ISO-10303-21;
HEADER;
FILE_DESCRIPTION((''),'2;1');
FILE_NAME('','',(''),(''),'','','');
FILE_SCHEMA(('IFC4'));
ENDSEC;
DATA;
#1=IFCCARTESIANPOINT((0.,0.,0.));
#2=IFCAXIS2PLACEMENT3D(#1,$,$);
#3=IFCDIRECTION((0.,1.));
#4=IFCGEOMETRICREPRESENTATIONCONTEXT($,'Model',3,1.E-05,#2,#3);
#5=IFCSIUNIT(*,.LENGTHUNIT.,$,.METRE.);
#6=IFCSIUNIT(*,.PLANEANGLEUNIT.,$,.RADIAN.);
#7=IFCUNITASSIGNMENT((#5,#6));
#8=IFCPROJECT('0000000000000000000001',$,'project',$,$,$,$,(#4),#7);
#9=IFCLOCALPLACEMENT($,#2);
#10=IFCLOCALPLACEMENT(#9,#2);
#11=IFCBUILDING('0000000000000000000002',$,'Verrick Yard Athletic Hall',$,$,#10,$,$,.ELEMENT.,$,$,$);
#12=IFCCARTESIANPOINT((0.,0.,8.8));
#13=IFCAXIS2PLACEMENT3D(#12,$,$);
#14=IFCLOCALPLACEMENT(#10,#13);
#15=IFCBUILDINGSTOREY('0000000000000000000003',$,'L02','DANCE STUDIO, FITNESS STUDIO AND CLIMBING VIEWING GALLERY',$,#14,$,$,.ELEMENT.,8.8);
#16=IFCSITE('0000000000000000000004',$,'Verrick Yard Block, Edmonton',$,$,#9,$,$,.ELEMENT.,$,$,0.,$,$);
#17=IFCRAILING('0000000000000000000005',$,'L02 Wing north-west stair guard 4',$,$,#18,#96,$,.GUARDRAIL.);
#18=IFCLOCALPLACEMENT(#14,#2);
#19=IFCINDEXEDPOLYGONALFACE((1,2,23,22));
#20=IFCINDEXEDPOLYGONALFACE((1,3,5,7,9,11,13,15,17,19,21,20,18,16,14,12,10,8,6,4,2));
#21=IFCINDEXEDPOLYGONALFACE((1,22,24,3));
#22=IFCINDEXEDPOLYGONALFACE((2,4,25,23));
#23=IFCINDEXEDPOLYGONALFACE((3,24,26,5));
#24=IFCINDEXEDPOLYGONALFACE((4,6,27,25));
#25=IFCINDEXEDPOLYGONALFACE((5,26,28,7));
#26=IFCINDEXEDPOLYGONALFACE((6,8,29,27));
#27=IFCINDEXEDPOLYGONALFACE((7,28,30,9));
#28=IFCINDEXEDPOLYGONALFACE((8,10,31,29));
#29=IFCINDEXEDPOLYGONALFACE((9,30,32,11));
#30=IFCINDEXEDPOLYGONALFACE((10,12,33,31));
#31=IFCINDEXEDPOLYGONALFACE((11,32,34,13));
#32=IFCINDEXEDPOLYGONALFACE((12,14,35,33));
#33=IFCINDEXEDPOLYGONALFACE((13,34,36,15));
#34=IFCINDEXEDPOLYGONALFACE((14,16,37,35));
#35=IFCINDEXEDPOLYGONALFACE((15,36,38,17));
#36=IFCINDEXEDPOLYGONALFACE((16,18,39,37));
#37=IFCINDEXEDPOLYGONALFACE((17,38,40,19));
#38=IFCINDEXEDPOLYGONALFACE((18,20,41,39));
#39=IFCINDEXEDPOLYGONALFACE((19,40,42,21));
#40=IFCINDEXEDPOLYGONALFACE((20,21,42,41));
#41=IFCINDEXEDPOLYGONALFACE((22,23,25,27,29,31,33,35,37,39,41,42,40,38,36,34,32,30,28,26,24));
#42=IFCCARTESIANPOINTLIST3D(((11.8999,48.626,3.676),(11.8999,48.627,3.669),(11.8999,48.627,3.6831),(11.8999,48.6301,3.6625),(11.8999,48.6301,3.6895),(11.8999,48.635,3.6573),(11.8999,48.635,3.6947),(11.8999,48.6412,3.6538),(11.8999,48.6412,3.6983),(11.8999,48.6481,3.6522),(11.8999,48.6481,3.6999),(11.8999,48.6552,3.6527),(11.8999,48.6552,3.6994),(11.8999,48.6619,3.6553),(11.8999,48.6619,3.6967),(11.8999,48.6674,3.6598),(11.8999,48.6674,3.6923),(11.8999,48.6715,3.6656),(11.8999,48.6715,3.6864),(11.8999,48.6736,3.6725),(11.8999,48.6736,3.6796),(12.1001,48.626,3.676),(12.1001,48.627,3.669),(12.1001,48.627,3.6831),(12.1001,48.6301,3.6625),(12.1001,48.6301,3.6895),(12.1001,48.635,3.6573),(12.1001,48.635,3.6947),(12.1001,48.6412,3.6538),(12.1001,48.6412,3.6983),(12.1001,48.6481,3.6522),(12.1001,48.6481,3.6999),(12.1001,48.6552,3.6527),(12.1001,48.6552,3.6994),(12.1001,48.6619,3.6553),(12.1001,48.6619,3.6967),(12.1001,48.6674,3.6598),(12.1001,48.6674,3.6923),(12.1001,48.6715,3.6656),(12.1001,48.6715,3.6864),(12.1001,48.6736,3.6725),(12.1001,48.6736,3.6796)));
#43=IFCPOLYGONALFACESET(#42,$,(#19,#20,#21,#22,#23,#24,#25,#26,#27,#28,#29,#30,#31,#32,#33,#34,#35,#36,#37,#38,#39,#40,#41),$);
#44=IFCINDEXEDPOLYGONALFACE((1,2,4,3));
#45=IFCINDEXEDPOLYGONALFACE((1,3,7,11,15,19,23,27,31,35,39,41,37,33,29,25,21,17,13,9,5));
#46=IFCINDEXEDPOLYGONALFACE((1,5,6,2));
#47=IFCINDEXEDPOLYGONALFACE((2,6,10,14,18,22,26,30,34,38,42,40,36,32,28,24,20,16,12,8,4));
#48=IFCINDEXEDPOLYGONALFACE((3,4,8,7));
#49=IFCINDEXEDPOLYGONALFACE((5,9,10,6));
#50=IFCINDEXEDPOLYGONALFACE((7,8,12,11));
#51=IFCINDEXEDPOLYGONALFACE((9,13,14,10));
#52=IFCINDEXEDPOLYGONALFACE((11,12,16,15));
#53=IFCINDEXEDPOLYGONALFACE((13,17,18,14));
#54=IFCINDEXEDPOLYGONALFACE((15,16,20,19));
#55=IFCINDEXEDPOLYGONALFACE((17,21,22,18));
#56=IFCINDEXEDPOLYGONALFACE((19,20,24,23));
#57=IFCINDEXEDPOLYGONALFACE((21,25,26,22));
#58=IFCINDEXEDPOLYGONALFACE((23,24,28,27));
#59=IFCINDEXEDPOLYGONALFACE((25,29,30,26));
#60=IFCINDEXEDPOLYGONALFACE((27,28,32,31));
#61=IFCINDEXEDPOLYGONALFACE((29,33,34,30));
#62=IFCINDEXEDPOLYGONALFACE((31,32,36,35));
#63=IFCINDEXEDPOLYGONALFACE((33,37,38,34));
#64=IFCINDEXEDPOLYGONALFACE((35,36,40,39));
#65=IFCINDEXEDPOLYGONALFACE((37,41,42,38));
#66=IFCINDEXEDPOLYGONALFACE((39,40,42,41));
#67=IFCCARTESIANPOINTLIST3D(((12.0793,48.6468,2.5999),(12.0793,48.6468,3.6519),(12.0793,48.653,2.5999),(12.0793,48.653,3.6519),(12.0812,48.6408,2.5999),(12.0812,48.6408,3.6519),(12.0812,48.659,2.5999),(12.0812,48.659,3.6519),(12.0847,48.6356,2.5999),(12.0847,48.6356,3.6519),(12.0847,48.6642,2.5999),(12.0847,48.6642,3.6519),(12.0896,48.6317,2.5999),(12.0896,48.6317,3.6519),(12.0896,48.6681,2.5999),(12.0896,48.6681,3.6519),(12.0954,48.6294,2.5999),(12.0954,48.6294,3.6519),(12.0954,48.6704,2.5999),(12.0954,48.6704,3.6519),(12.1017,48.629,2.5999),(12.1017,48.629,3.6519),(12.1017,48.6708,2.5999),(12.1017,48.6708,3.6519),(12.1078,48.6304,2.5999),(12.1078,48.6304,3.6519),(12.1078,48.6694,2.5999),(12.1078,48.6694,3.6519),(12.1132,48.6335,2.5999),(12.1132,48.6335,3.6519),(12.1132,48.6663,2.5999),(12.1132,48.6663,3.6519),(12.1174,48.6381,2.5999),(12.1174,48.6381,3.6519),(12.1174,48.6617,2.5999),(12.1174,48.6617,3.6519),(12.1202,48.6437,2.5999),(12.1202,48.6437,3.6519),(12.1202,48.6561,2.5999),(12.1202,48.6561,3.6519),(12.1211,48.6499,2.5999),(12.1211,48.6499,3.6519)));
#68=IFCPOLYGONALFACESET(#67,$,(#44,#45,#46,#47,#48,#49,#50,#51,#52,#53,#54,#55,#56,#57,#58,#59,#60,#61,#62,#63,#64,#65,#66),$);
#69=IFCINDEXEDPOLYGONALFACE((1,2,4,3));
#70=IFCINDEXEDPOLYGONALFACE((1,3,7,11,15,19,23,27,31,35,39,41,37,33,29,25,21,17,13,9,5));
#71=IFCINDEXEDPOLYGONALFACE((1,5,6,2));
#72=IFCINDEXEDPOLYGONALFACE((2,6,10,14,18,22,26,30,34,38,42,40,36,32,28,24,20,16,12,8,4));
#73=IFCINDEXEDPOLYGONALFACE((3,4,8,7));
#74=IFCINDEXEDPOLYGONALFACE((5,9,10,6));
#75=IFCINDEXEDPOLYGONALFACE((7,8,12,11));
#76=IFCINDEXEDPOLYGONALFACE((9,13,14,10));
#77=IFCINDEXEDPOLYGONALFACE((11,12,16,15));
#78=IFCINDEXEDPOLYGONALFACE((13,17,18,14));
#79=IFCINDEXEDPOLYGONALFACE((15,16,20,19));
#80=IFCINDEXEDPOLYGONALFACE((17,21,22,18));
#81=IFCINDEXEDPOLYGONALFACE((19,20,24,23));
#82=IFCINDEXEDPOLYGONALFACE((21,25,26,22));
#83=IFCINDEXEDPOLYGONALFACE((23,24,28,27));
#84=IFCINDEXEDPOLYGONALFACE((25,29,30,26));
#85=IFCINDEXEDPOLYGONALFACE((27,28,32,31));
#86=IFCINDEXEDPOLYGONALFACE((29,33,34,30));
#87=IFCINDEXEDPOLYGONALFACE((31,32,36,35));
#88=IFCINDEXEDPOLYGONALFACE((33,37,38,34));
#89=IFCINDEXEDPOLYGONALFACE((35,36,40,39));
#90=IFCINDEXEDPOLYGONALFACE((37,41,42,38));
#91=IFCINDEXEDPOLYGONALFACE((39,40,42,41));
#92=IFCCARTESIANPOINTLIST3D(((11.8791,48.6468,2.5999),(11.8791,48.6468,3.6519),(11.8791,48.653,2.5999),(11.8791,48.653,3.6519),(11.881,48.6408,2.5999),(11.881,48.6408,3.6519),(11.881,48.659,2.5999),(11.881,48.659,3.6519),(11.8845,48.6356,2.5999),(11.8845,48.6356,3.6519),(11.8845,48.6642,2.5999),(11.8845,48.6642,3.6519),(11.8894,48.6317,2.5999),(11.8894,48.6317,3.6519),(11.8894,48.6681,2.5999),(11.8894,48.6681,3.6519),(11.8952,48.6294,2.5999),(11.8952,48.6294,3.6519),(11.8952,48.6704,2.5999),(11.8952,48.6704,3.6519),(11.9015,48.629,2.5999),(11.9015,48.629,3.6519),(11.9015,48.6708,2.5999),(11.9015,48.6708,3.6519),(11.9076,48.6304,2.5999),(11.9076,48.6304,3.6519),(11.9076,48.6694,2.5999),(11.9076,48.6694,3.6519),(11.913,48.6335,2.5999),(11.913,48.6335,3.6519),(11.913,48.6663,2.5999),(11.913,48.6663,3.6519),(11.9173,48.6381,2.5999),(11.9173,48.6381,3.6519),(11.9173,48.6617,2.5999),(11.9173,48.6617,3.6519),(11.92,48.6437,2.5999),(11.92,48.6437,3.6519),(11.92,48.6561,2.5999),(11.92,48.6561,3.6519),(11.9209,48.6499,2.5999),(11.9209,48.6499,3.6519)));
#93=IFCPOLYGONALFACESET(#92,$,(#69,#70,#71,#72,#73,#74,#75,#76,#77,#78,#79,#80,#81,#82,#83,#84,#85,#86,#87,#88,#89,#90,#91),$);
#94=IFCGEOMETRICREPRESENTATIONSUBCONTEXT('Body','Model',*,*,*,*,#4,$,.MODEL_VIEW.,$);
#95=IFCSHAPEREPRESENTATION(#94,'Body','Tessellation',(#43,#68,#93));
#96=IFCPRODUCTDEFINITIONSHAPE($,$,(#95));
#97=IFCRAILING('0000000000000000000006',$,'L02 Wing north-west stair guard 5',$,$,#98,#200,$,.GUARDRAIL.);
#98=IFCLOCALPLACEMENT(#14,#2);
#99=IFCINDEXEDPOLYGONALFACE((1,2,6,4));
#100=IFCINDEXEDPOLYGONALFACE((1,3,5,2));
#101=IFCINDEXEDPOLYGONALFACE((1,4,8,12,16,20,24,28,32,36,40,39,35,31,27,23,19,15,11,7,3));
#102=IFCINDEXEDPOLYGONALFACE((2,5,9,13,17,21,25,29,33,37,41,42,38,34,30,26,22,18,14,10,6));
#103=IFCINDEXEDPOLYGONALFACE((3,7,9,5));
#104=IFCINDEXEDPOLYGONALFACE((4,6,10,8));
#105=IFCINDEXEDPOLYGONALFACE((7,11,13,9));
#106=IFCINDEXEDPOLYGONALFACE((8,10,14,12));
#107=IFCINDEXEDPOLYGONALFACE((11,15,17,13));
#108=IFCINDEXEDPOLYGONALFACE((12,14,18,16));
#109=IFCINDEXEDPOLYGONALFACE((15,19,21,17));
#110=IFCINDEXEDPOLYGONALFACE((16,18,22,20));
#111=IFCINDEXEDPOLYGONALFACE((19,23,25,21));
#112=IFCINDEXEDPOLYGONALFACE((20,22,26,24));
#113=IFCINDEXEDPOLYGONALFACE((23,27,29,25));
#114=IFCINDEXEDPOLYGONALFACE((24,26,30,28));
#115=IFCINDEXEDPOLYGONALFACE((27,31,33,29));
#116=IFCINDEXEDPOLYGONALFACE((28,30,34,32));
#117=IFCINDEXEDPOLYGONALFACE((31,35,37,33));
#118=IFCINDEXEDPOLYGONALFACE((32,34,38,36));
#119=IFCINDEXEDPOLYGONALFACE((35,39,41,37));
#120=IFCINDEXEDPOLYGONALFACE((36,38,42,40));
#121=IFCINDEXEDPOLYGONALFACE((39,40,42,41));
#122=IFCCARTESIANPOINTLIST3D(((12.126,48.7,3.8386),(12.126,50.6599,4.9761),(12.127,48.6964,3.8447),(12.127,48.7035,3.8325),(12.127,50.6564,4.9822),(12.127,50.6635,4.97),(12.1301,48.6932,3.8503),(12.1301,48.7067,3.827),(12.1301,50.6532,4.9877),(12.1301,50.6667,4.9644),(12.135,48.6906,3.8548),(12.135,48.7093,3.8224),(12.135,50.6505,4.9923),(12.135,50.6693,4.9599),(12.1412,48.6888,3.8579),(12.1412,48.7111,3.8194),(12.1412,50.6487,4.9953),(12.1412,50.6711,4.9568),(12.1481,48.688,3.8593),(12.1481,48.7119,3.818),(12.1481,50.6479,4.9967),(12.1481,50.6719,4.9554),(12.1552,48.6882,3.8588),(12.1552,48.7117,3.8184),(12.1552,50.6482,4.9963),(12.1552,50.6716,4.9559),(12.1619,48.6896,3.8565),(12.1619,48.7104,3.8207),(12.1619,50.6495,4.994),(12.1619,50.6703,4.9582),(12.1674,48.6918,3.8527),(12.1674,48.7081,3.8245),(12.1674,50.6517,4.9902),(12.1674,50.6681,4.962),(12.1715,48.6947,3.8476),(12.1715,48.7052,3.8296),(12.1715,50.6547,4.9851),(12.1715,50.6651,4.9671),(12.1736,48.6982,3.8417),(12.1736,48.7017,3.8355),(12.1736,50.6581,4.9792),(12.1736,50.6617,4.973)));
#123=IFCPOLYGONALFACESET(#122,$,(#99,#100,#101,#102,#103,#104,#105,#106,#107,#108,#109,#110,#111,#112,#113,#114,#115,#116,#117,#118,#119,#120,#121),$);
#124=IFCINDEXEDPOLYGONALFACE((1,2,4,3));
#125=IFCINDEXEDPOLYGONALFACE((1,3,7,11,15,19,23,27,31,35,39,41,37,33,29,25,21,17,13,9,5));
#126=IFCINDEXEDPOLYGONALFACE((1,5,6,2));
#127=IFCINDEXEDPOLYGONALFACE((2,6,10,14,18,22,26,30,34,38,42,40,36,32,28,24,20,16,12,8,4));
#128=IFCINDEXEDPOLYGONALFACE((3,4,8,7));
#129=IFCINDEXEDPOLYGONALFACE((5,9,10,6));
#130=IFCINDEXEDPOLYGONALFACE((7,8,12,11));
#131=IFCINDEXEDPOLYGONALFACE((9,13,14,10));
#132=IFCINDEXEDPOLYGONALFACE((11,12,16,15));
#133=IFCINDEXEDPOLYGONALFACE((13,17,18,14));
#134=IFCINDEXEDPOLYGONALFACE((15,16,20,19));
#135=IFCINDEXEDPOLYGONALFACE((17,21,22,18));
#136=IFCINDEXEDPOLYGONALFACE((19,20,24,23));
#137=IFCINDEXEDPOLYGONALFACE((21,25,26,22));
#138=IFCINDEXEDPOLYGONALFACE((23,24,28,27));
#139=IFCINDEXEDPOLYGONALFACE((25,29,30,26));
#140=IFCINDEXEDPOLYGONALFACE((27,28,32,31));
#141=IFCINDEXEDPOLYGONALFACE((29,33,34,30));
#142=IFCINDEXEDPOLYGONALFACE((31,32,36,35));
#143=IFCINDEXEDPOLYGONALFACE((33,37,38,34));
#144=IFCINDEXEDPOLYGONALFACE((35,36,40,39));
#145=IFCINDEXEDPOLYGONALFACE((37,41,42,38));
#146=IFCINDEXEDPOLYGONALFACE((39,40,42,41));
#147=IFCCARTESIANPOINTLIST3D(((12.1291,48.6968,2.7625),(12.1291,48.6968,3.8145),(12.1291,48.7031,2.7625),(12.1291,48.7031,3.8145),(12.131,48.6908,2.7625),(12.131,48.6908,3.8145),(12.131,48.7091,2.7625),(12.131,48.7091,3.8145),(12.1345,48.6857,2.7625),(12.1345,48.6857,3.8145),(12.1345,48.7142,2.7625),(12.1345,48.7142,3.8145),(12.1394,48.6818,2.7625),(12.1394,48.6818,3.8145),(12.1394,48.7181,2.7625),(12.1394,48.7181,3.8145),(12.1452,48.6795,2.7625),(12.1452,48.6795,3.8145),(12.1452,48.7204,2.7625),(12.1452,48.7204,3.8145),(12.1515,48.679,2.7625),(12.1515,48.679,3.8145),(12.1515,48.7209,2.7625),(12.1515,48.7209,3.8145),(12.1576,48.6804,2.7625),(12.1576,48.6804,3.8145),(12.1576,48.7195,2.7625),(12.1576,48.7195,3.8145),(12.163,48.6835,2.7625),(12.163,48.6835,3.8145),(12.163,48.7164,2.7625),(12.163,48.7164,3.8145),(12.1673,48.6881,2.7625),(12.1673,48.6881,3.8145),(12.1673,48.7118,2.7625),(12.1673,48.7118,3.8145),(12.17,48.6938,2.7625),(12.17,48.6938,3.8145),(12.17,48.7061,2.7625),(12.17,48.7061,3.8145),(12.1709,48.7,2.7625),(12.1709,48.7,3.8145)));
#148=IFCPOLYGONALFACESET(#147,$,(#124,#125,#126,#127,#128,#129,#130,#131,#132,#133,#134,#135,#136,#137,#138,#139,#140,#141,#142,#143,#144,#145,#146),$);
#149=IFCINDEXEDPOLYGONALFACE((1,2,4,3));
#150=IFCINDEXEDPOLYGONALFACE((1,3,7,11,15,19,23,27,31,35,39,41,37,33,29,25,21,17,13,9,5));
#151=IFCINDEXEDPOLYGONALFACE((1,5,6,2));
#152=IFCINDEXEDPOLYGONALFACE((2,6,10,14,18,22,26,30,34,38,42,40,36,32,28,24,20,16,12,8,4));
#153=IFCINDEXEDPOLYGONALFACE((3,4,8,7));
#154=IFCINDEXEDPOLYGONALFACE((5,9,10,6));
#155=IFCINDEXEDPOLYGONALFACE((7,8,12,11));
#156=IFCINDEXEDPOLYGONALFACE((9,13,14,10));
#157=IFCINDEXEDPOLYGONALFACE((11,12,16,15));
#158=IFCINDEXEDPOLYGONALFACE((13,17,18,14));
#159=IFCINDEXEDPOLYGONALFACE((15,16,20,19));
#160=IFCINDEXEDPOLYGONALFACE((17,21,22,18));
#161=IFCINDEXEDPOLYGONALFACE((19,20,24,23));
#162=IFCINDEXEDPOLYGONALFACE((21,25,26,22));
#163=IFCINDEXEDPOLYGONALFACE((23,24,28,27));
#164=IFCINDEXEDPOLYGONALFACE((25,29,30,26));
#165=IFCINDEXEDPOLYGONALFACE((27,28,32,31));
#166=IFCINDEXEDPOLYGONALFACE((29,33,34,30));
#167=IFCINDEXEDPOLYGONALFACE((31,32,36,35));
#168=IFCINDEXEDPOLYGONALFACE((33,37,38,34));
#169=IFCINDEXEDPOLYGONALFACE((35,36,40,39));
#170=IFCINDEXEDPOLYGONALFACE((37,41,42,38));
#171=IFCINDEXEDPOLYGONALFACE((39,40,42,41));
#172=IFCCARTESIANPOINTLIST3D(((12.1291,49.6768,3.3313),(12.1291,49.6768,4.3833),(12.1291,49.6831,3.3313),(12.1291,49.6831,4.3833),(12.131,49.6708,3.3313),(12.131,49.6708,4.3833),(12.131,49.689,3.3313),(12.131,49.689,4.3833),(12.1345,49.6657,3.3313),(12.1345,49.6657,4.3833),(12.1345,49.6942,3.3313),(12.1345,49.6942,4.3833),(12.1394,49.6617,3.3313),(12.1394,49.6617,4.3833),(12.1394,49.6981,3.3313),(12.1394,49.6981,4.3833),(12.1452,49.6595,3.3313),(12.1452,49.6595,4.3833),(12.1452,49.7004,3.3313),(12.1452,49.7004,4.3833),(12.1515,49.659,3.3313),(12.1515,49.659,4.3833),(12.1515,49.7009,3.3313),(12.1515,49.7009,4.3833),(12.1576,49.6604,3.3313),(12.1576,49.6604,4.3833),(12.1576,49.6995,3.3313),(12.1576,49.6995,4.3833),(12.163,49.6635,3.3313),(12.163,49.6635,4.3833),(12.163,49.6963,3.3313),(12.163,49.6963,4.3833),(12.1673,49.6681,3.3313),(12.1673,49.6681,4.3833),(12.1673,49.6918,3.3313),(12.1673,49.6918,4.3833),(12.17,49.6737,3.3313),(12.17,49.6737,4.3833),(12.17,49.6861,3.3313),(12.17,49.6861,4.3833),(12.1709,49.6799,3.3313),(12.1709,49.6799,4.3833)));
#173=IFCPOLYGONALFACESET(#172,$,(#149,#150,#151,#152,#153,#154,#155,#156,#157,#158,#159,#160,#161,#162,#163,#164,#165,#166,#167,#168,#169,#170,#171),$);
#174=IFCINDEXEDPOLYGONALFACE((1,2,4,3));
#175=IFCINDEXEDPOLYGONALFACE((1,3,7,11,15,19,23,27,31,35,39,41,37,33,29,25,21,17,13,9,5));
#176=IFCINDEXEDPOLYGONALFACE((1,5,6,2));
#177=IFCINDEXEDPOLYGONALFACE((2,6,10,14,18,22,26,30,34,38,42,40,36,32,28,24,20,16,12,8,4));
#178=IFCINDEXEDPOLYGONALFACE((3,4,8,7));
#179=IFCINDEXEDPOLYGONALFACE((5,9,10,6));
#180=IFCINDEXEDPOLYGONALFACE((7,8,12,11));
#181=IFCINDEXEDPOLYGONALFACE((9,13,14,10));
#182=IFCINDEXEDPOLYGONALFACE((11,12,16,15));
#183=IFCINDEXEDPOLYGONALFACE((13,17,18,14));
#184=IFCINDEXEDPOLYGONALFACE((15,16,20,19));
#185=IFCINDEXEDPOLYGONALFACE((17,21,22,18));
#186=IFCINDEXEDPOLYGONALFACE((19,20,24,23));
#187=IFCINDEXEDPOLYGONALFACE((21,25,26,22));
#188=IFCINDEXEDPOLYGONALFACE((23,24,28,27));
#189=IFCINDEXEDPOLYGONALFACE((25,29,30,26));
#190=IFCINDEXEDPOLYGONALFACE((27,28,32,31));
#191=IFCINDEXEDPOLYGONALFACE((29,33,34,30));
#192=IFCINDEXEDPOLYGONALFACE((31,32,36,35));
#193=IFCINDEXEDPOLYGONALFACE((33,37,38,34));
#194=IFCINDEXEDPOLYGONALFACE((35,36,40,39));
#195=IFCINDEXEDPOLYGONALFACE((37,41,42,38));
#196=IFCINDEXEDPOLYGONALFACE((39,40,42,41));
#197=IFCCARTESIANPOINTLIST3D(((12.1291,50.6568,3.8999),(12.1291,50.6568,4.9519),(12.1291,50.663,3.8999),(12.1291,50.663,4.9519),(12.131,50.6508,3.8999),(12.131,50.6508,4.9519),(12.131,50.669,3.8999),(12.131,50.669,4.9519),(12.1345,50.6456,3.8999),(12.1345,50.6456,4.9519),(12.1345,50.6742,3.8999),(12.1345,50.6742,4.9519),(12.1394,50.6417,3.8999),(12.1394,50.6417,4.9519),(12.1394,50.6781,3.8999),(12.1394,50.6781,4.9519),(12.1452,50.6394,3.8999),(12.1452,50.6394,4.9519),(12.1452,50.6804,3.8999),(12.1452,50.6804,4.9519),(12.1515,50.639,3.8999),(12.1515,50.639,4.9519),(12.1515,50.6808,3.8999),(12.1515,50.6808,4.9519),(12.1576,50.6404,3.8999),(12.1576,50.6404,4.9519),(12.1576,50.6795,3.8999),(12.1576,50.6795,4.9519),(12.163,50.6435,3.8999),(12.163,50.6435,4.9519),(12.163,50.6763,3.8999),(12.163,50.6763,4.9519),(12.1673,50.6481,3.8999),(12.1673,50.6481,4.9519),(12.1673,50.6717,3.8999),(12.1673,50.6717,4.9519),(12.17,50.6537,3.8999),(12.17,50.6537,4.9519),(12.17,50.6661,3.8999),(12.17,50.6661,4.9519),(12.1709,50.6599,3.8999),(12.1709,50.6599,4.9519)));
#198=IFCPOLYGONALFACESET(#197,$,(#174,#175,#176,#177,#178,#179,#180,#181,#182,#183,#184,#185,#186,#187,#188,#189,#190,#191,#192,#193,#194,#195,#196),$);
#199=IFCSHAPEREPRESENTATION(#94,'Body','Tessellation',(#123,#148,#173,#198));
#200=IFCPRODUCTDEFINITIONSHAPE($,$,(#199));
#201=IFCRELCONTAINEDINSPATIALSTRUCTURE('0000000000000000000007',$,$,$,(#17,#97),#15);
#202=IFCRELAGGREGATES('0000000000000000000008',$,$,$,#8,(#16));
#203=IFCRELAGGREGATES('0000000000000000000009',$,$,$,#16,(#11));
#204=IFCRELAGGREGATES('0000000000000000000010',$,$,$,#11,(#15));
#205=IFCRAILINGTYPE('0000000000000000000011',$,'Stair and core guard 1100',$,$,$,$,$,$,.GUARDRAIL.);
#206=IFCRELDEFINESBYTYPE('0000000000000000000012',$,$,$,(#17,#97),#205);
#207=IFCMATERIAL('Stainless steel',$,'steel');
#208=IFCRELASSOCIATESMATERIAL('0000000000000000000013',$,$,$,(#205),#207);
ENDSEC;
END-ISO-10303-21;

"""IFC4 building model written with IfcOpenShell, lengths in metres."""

from ifc_helpers import new_model, si_unit, direction, frame, origin, origin_2d, place, context, subcontext, project, spatial, circle, extrude, material, type_object, element, save


model = new_model("IFC4")

# Units and contexts
model_context = context("Model", 3, precision=1e-05, world=origin(), true_north=direction((0.0, 1.0)))
body_context = subcontext(model_context, "Body", "Model", "MODEL_VIEW")
ifc_project = project(units=[si_unit("LENGTHUNIT", "METRE"), si_unit("PLANEANGLEUNIT", "RADIAN")], contexts=[model_context])

# Site, building, storey
site_placement = place(None, origin())
site = spatial("IfcSite", under=ifc_project, at=site_placement, Name="Verrick Yard Block, Edmonton", CompositionType="ELEMENT", RefElevation=0.0)
building_placement = place(site_placement, origin())
building = spatial("IfcBuilding", under=site, at=building_placement, Name="Verrick Yard Athletic Hall", CompositionType="ELEMENT")
storey_placement = place(building_placement, frame((0.0, 0.0, 8.8)))
storey = spatial("IfcBuildingStorey", under=building, at=storey_placement, Name="L02", Description="DANCE STUDIO, FITNESS STUDIO AND CLIMBING VIEWING GALLERY", CompositionType="ELEMENT", Elevation=8.8)

# Railings
ifc_material_1 = material(Name="Stainless steel", Category="steel")
railing_type_1 = type_object("IfcRailingType", Name="Stair and core guard 1100", PredefinedType="GUARDRAIL", material=ifc_material_1)
railing_1_placement = place(storey_placement, frame((12.1001, 48.6499, 2.5999)))
element("IfcRailing", 1, at=railing_1_placement, inside=storey, type_object=railing_type_1, Name="L02 Wing north-west stair guard 4", PredefinedType="GUARDRAIL", context=body_context, shape_type="SweptSolid", body=[
    extrude(circle(Radius=0.0239, at=origin_2d()), frame((0.0, 0.0, 1.0762), z_axis=(-1.0, 0.0, 0.0), x_axis=(0.0, -1.0, 0.0)), (0.0, 0.0, 1.0), 0.2002),
    extrude(circle(Radius=0.021, at=origin_2d()), origin(), (0.0, 0.0, 1.0), 1.052),
    extrude(circle(Radius=0.021, at=origin_2d()), frame((-0.2002, 0.0, 0.0)), (0.0, 0.0, 1.0), 1.052),
])
railing_2_placement = place(storey_placement, frame((12.1499, 48.7, 2.7625)))
element("IfcRailing", 2, at=railing_2_placement, inside=storey, type_object=railing_type_1, Name="L02 Wing north-west stair guard 5", PredefinedType="GUARDRAIL", context=body_context, shape_type="SweptSolid", body=[
    extrude(circle(Radius=0.0239, at=origin_2d()), frame((0.0, 0.0, 1.0762), z_axis=(0.0, 0.864902, 0.501941), x_axis=(-1.0, 0.0, 0.0)), (0.0, 0.0, 1.0), 2.2661),
    extrude(circle(Radius=0.021, at=origin_2d()), origin(), (0.0, 0.0, 1.0), 1.052),
    extrude(circle(Radius=0.021, at=origin_2d()), frame((0.0, 0.98, 0.5688)), (0.0, 0.0, 1.0), 1.052),
    extrude(circle(Radius=0.021, at=origin_2d()), frame((0.0, 1.96, 1.1375)), (0.0, 0.0, 1.0), 1.052),
])

save(model, "model.ifc")
